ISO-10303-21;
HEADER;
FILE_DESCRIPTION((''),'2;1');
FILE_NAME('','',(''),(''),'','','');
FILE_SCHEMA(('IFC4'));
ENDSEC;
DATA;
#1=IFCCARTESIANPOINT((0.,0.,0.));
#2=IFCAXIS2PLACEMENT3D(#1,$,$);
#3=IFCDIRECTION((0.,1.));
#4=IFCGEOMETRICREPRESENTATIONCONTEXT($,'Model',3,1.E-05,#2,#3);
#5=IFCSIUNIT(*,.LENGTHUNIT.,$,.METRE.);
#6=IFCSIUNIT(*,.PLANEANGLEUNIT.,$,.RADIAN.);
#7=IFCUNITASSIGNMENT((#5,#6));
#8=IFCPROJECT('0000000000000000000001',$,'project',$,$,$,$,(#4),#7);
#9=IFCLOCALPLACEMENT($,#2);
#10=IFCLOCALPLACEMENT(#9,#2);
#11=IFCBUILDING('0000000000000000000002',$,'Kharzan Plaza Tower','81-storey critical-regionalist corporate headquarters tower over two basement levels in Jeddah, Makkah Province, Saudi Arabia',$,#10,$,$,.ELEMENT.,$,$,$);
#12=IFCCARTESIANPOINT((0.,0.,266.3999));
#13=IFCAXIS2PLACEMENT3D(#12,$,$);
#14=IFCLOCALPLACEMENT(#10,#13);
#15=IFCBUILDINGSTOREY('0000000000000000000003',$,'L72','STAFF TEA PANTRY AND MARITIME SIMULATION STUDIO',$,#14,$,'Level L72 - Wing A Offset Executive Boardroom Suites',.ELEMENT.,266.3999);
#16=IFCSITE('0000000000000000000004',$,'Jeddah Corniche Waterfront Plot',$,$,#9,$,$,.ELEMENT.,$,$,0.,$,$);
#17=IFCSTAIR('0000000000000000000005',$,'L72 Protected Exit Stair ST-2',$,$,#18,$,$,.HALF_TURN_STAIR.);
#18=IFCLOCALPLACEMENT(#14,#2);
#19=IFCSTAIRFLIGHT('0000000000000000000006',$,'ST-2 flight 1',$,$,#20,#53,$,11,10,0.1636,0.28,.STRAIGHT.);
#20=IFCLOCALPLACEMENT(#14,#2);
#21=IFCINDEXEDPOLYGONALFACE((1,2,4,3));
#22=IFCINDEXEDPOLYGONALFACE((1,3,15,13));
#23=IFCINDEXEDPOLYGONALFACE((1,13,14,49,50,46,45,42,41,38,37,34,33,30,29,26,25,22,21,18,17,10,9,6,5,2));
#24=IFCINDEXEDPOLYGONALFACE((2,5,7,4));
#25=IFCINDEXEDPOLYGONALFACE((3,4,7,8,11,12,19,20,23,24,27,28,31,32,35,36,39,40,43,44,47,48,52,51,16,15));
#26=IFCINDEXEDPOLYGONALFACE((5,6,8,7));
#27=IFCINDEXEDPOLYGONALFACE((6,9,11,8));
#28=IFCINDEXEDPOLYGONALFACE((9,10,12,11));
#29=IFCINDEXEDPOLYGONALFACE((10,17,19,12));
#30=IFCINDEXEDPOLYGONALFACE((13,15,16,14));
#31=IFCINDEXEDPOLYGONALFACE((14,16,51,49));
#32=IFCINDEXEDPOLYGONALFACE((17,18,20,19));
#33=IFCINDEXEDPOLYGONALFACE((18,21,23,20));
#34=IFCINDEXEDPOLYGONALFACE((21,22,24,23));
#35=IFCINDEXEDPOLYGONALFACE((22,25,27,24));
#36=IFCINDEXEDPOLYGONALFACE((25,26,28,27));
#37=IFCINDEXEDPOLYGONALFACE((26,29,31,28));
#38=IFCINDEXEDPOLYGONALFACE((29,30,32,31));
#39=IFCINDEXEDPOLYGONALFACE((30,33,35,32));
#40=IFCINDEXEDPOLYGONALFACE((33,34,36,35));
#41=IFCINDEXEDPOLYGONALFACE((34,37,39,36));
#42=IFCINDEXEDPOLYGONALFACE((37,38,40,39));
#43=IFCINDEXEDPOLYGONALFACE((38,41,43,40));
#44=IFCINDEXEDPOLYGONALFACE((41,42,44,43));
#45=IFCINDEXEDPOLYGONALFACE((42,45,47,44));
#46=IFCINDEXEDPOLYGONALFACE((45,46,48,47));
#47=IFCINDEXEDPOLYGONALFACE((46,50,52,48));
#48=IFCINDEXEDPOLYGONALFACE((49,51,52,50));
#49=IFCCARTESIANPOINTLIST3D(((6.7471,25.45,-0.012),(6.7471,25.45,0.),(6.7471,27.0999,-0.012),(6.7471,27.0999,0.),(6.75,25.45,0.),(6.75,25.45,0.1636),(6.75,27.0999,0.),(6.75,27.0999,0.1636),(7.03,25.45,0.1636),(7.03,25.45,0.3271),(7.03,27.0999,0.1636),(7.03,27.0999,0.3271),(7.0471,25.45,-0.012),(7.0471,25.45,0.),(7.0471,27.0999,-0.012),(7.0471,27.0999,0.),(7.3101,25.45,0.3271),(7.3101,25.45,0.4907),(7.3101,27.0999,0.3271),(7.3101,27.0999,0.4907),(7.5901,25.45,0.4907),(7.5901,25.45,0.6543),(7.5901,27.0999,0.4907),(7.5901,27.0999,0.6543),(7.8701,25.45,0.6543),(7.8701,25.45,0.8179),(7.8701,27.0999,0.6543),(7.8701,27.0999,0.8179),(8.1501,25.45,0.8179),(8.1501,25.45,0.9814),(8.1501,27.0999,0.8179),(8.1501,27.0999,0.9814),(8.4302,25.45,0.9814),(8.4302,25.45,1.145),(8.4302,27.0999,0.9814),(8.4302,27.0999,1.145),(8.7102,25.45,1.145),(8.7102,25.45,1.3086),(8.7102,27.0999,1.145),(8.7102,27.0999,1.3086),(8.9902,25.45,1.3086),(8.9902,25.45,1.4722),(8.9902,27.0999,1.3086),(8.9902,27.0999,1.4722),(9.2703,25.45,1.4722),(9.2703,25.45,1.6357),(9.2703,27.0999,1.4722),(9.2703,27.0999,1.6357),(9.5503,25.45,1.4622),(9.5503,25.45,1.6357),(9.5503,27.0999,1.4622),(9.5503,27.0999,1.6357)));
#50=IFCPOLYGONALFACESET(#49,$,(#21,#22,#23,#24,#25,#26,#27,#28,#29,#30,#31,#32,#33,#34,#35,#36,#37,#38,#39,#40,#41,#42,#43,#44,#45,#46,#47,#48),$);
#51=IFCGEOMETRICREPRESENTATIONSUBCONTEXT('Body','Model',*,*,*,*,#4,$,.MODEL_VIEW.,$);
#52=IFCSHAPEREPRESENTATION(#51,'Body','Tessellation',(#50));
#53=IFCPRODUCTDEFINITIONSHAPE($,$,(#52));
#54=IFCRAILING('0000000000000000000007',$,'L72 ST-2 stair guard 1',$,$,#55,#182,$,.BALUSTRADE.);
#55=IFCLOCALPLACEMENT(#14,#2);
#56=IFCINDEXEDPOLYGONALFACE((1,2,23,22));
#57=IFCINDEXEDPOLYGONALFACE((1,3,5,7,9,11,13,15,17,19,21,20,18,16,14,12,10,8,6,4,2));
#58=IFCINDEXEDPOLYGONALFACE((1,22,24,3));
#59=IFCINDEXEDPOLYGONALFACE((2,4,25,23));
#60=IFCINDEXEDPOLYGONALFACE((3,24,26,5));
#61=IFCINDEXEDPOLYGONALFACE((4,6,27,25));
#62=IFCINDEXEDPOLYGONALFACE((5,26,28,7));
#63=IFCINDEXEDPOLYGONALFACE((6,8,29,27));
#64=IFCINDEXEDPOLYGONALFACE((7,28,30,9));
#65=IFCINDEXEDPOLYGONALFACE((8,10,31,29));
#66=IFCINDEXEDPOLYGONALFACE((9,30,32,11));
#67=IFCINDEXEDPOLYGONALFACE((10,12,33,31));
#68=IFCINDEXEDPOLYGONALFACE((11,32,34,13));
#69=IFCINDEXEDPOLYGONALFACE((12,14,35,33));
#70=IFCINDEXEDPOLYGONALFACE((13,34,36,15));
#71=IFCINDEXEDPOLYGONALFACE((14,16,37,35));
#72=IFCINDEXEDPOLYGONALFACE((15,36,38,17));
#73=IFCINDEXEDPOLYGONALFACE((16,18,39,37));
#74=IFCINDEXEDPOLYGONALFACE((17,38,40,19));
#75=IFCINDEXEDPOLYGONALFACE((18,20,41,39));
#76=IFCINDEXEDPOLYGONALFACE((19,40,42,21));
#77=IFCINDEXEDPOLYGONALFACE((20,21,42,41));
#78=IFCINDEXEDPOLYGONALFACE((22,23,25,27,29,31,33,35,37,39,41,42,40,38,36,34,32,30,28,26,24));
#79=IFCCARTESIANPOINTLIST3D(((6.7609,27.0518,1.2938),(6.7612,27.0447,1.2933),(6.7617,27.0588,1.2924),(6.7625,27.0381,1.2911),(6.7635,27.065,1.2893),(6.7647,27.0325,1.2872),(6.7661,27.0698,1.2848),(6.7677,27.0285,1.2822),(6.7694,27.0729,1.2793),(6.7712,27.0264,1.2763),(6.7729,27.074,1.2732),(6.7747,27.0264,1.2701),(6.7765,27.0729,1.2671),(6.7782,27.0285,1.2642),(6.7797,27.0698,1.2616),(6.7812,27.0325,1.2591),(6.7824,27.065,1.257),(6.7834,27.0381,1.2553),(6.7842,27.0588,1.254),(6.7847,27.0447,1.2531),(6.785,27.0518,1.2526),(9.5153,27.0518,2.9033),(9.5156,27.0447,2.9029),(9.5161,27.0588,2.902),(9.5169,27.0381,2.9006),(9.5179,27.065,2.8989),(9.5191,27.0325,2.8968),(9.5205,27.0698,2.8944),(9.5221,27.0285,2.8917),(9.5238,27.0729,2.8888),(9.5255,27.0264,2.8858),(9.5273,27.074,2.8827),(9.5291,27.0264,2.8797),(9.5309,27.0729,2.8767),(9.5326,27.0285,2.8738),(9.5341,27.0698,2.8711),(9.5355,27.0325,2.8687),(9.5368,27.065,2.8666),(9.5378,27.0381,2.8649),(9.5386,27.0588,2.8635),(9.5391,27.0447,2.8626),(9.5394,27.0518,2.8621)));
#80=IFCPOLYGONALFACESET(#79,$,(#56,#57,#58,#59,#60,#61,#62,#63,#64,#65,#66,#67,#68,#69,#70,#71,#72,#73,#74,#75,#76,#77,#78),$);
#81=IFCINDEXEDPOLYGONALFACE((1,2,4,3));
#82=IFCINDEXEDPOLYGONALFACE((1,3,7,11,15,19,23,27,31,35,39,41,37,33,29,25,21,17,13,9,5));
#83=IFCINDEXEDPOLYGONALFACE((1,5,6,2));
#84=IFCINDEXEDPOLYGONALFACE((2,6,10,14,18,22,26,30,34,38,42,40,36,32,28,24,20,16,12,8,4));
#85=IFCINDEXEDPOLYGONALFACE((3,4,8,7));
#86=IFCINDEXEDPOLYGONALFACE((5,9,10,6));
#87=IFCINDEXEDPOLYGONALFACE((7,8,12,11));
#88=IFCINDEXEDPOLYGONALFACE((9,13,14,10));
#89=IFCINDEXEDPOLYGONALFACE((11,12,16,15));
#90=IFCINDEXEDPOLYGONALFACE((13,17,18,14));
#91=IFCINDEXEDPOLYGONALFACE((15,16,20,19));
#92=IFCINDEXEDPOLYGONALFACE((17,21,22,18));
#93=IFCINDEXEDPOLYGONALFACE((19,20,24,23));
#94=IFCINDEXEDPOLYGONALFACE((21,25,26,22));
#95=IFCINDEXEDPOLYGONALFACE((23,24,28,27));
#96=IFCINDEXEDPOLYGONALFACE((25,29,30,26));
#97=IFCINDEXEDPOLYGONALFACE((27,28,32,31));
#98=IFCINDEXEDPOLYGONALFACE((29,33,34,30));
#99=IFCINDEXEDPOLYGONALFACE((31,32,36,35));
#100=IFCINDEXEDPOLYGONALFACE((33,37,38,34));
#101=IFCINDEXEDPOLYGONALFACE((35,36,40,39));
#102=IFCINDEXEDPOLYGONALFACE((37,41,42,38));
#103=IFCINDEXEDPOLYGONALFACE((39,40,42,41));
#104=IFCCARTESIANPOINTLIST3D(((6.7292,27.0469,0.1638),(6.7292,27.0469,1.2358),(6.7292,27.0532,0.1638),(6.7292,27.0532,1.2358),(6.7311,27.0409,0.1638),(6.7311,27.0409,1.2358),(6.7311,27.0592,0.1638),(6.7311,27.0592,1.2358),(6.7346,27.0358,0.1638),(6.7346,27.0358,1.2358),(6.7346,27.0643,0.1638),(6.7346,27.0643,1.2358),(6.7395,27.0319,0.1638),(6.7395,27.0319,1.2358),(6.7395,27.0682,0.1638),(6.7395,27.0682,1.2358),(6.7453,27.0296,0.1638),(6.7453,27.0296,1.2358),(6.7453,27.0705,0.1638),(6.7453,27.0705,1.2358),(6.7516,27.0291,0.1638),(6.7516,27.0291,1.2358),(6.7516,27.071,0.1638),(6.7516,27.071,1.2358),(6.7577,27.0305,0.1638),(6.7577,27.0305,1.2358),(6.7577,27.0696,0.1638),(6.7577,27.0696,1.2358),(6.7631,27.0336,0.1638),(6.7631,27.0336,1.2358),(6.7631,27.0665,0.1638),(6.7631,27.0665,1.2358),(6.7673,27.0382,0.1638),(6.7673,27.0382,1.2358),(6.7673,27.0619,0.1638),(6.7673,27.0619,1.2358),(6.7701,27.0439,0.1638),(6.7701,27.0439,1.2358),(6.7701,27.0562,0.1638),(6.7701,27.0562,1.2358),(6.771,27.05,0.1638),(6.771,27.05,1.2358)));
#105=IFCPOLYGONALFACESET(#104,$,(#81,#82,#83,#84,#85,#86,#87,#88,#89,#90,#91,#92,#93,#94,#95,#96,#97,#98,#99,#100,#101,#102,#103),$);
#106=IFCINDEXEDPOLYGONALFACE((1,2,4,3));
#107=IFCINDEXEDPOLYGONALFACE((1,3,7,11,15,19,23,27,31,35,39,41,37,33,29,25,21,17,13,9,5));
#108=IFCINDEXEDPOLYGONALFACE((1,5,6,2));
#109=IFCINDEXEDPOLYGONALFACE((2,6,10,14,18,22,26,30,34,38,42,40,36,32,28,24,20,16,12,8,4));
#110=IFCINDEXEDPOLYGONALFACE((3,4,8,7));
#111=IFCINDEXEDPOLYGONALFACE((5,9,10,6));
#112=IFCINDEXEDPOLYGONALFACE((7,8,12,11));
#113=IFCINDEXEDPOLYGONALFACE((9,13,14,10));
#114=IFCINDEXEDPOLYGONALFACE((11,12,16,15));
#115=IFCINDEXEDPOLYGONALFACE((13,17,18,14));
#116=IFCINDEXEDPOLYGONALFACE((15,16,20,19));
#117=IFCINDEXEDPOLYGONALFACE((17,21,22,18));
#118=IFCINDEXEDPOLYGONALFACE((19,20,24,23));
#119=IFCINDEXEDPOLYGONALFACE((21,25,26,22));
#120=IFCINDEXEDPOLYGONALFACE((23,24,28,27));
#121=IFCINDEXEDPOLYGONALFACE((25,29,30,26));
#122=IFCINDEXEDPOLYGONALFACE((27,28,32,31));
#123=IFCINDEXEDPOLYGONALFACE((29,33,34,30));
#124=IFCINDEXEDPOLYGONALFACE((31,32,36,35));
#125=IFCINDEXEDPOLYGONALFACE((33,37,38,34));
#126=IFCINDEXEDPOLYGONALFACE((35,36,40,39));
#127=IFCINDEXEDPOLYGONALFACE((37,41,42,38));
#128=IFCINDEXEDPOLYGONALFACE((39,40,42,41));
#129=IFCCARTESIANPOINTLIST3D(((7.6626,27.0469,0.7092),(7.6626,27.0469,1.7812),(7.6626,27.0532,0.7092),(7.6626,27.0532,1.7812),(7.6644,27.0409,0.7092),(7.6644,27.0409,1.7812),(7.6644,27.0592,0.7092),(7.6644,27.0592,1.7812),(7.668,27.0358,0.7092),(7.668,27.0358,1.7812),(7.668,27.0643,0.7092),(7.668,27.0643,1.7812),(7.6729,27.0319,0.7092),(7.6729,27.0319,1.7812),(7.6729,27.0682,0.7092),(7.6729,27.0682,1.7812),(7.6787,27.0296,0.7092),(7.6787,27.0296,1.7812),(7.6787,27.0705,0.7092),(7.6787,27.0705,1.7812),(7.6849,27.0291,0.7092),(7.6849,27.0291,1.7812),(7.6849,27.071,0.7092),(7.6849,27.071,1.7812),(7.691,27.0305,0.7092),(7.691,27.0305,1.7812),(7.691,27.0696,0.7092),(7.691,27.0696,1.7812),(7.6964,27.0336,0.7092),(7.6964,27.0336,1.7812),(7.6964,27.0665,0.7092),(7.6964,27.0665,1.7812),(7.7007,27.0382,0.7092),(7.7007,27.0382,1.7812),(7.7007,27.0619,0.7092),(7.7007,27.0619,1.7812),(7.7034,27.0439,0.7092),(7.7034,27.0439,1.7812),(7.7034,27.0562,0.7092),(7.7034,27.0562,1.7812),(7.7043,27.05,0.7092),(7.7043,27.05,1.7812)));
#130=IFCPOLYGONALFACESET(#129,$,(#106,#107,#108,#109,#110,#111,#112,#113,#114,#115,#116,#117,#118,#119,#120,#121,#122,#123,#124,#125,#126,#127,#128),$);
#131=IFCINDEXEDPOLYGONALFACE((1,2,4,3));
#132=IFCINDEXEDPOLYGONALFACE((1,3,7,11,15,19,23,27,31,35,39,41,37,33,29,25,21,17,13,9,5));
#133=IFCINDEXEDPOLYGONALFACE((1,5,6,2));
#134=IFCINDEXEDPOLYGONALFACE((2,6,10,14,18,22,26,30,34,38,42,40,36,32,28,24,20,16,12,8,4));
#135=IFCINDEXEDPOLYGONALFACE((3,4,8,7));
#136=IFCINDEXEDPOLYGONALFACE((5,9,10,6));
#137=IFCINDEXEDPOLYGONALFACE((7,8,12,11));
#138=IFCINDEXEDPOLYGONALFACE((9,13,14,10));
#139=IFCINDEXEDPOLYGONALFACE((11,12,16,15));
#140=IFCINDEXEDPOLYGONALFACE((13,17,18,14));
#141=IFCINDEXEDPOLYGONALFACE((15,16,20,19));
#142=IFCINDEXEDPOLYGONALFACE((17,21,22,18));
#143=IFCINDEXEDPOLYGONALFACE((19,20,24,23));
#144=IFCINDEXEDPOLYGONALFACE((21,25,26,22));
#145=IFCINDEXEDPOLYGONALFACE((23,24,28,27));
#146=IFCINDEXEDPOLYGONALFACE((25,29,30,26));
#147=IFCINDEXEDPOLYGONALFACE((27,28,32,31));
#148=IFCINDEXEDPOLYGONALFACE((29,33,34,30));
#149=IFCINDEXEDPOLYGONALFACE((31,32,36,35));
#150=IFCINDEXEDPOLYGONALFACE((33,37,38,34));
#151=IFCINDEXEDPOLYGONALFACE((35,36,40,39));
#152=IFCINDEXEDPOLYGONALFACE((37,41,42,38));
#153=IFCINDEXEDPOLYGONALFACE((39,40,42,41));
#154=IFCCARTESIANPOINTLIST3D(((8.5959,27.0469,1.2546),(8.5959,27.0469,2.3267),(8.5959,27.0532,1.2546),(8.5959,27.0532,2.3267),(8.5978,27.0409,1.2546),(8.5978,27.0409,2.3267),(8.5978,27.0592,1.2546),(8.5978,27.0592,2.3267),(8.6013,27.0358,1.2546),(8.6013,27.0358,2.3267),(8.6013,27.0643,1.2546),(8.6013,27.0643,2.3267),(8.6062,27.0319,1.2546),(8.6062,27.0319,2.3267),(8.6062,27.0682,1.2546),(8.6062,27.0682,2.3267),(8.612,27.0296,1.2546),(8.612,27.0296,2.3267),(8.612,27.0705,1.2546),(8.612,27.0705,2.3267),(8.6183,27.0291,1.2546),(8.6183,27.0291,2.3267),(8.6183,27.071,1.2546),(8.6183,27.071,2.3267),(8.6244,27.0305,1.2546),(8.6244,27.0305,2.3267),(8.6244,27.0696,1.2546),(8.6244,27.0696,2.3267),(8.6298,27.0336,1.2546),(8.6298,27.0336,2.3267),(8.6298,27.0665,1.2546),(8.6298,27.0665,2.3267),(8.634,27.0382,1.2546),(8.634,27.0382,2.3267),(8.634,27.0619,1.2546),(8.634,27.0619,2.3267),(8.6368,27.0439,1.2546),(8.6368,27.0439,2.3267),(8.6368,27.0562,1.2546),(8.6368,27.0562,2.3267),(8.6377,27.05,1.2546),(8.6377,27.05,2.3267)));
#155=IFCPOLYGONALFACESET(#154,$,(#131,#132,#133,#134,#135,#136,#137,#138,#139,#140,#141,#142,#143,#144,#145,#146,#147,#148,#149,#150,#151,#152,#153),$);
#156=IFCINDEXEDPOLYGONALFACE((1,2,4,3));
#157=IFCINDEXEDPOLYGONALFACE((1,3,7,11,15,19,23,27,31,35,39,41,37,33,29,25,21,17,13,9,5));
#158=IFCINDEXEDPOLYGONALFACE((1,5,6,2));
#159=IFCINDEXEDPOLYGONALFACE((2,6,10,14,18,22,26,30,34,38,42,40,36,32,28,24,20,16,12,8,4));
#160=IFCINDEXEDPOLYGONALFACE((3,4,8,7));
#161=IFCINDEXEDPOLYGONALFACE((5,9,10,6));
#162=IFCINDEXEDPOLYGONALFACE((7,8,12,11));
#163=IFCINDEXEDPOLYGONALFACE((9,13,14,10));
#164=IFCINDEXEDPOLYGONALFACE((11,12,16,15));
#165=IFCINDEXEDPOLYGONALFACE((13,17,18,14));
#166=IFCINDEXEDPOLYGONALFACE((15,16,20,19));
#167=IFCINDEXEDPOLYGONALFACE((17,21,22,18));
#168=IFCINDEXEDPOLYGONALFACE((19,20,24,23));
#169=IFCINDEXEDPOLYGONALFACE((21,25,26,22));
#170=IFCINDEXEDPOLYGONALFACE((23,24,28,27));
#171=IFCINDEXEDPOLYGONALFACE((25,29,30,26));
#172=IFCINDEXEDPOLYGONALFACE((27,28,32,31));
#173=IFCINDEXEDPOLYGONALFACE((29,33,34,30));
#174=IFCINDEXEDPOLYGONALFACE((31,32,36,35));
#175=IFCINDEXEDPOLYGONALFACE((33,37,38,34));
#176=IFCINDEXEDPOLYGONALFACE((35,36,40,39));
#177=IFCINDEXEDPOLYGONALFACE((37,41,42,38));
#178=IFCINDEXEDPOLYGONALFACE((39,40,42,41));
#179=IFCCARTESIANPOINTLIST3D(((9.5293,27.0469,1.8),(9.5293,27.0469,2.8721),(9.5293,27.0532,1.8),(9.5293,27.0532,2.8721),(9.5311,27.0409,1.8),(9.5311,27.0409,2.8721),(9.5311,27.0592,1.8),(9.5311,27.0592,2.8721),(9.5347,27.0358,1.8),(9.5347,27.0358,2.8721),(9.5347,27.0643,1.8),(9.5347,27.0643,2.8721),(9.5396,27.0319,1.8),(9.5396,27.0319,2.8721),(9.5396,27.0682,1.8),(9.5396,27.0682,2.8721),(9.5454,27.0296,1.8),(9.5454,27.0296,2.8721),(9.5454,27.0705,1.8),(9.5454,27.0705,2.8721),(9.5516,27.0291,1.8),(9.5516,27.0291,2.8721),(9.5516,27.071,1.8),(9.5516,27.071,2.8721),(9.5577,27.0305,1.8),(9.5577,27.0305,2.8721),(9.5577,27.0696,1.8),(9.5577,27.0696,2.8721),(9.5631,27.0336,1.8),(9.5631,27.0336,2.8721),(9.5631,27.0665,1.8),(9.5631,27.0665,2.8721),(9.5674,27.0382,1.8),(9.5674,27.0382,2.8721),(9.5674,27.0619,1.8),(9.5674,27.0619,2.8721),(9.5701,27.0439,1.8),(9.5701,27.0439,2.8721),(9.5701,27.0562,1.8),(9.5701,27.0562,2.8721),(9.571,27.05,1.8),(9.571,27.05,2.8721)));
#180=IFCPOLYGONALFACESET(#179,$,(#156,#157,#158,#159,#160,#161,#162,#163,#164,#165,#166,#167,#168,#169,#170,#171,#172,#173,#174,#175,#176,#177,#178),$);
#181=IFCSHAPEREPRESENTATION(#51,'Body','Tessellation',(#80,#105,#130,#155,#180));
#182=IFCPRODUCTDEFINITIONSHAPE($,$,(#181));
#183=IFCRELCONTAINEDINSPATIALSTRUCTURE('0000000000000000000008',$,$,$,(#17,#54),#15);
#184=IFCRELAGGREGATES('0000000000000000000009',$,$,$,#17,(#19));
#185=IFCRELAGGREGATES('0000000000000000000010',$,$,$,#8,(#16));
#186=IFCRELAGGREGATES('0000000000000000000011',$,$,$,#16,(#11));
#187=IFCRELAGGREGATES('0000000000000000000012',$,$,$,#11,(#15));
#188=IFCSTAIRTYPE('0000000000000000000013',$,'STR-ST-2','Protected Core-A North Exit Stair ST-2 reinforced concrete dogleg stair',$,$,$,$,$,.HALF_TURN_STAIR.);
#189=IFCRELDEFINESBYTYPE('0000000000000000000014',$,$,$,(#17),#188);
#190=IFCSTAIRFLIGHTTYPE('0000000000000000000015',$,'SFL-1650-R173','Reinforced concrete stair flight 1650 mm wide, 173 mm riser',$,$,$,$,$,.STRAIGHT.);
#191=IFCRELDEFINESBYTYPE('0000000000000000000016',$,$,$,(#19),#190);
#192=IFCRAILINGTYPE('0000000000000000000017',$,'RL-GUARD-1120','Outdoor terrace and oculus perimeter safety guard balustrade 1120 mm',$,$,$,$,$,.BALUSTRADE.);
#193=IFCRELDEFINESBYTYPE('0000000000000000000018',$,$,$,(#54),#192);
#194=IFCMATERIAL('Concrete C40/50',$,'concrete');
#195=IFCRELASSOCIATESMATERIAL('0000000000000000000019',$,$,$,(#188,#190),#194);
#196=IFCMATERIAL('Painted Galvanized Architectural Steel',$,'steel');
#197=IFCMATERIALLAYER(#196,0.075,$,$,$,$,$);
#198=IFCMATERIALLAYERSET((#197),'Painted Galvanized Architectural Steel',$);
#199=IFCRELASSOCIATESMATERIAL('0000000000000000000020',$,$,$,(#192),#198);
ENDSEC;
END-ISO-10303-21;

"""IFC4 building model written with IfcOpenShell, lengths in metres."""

from ifc_helpers import new_model, si_unit, direction, frame, origin, origin_2d, place, context, subcontext, project, spatial, polyline, circle, outline, extrude, source, transform, mapped, material, layer, layer_set, type_object, element, aggregate, save


model = new_model("IFC4")

# Units and contexts
model_context = context("Model", 3, precision=1e-05, world=origin(), true_north=direction((0.0, 1.0)))
body_context = subcontext(model_context, "Body", "Model", "MODEL_VIEW")
ifc_project = project(units=[si_unit("LENGTHUNIT", "METRE"), si_unit("PLANEANGLEUNIT", "RADIAN")], contexts=[model_context])

# Site, building, storey
site_placement = place(None, origin())
site = spatial("IfcSite", under=ifc_project, at=site_placement, Name="Jeddah Corniche Waterfront Plot", CompositionType="ELEMENT", RefElevation=0.0)
building_placement = place(site_placement, origin())
building = spatial("IfcBuilding", under=site, at=building_placement, Name="Kharzan Plaza Tower", Description="81-storey critical-regionalist corporate headquarters tower over two basement levels in Jeddah, Makkah Province, Saudi Arabia", CompositionType="ELEMENT")
storey_placement = place(building_placement, frame((0.0, 0.0, 266.3999)))
storey = spatial("IfcBuildingStorey", under=building, at=storey_placement, Name="L72", Description="STAFF TEA PANTRY AND MARITIME SIMULATION STUDIO", LongName="Level L72 - Wing A Offset Executive Boardroom Suites", CompositionType="ELEMENT", Elevation=266.3999)

# Shared definitions
ifc_material_1 = material(Name="Concrete C40/50", Category="concrete")

# Stair, stair flight
stair_type = type_object("IfcStairType", Name="STR-ST-2", Description="Protected Core-A North Exit Stair ST-2 reinforced concrete dogleg stair", PredefinedType="HALF_TURN_STAIR", material=ifc_material_1)
stair_placement = place(storey_placement, origin())
stair = element("IfcStair", 1, at=stair_placement, inside=storey, type_object=stair_type, Name="L72 Protected Exit Stair ST-2", PredefinedType="HALF_TURN_STAIR")
stair_flight_type = type_object("IfcStairFlightType", Name="SFL-1650-R173", Description="Reinforced concrete stair flight 1650 mm wide, 173 mm riser", PredefinedType="STRAIGHT", material=ifc_material_1)
shared_shape_1 = source(origin(), body_context, "Body", "SweptSolid", [
    extrude(outline(polyline([(-0.0029, -0.012), (-0.0029, 0.0), (0.0, 0.0), (0.0, 0.1636), (0.28, 0.1636), (0.28, 0.3271), (0.5601, 0.3271), (0.5601, 0.4907), (0.8401, 0.4907), (0.8401, 0.6543), (1.1201, 0.6543), (1.1201, 0.8179), (1.4001, 0.8179), (1.4001, 0.9814), (1.6802, 0.9814), (1.6802, 1.145), (1.9602, 1.145), (1.9602, 1.3086), (2.2402, 1.3086), (2.2402, 1.4722), (2.5203, 1.4722), (2.5203, 1.6357), (2.8003, 1.6357), (2.8003, 1.7993), (2.8003, 1.4622), (0.2971, 0.0), (0.2971, -0.012), (-0.0029, -0.012)])), frame((0.0, 0.825, 0.0), z_axis=(0.0, -1.0, 0.0), x_axis=(1.0, 0.0, 0.0)), (0.0, 0.0, 1.0), 1.6499),
])
stair_flight_placement = place(storey_placement, frame((6.75, 26.2749, 0.0), z_axis=(0.0, 0.0, 1.0), x_axis=(1.0, 0.0, 0.0)))
stair_flight = element("IfcStairFlight", 2, at=stair_flight_placement, type_object=stair_flight_type, Name="ST-2 flight 1", NumberOfRisers=11, NumberOfTreads=10, PredefinedType="STRAIGHT", RiserHeight=0.1636, TreadLength=0.28, context=body_context, shape_type="MappedRepresentation", body=[
    mapped(shared_shape_1, transform((0.0, 0.0, 0.0), x_axis=(1.0, 0.0, 0.0), y_axis=(0.0, 1.0, 0.0), z_axis=(0.0, 0.0, 1.0))),
])
aggregate(stair, [stair_flight])

# Railing
ifc_material_2 = material(Name="Painted Galvanized Architectural Steel", Category="steel")
ifc_layer_1 = layer(ifc_material_2, 0.075)
ifc_layer_set_1 = layer_set([ifc_layer_1], Name="Painted Galvanized Architectural Steel")
railing_type_1 = type_object("IfcRailingType", Name="RL-GUARD-1120", Description="Outdoor terrace and oculus perimeter safety guard balustrade 1120 mm", PredefinedType="BALUSTRADE", material=ifc_layer_set_1)
shared_shape_2 = source(origin(), body_context, "Body", "SweptSolid", [
    extrude(circle(Radius=0.0239, at=origin_2d()), frame((0.0229, 0.0, 1.1094), z_axis=(0.863394, 0.0, 0.504531), x_axis=(0.0, 1.0, 0.0)), (0.0, 0.0, 1.0), 3.1902),
    extrude(circle(Radius=0.021, at=origin_2d()), origin(), (0.0, 0.0, 1.0), 1.072),
    extrude(circle(Radius=0.021, at=origin_2d()), frame((0.9333, 0.0, 0.5454)), (0.0, 0.0, 1.0), 1.072),
    extrude(circle(Radius=0.021, at=origin_2d()), frame((1.8667, 0.0, 1.0908)), (0.0, 0.0, 1.0), 1.072),
    extrude(circle(Radius=0.021, at=origin_2d()), frame((2.8, 0.0, 1.6362)), (0.0, 0.0, 1.0), 1.072),
])
railing_1_placement = place(storey_placement, frame((6.75, 27.05, 0.1638)))
element("IfcRailing", 3, at=railing_1_placement, inside=storey, type_object=railing_type_1, Name="L72 ST-2 stair guard 1", PredefinedType="BALUSTRADE", context=body_context, shape_type="MappedRepresentation", body=[
    mapped(shared_shape_2, transform((0.0, 0.0, 0.0), x_axis=(1.0, 0.0, 0.0), y_axis=(0.0, 1.0, 0.0), z_axis=(0.0, 0.0, 1.0))),
])

save(model, "model.ifc")
